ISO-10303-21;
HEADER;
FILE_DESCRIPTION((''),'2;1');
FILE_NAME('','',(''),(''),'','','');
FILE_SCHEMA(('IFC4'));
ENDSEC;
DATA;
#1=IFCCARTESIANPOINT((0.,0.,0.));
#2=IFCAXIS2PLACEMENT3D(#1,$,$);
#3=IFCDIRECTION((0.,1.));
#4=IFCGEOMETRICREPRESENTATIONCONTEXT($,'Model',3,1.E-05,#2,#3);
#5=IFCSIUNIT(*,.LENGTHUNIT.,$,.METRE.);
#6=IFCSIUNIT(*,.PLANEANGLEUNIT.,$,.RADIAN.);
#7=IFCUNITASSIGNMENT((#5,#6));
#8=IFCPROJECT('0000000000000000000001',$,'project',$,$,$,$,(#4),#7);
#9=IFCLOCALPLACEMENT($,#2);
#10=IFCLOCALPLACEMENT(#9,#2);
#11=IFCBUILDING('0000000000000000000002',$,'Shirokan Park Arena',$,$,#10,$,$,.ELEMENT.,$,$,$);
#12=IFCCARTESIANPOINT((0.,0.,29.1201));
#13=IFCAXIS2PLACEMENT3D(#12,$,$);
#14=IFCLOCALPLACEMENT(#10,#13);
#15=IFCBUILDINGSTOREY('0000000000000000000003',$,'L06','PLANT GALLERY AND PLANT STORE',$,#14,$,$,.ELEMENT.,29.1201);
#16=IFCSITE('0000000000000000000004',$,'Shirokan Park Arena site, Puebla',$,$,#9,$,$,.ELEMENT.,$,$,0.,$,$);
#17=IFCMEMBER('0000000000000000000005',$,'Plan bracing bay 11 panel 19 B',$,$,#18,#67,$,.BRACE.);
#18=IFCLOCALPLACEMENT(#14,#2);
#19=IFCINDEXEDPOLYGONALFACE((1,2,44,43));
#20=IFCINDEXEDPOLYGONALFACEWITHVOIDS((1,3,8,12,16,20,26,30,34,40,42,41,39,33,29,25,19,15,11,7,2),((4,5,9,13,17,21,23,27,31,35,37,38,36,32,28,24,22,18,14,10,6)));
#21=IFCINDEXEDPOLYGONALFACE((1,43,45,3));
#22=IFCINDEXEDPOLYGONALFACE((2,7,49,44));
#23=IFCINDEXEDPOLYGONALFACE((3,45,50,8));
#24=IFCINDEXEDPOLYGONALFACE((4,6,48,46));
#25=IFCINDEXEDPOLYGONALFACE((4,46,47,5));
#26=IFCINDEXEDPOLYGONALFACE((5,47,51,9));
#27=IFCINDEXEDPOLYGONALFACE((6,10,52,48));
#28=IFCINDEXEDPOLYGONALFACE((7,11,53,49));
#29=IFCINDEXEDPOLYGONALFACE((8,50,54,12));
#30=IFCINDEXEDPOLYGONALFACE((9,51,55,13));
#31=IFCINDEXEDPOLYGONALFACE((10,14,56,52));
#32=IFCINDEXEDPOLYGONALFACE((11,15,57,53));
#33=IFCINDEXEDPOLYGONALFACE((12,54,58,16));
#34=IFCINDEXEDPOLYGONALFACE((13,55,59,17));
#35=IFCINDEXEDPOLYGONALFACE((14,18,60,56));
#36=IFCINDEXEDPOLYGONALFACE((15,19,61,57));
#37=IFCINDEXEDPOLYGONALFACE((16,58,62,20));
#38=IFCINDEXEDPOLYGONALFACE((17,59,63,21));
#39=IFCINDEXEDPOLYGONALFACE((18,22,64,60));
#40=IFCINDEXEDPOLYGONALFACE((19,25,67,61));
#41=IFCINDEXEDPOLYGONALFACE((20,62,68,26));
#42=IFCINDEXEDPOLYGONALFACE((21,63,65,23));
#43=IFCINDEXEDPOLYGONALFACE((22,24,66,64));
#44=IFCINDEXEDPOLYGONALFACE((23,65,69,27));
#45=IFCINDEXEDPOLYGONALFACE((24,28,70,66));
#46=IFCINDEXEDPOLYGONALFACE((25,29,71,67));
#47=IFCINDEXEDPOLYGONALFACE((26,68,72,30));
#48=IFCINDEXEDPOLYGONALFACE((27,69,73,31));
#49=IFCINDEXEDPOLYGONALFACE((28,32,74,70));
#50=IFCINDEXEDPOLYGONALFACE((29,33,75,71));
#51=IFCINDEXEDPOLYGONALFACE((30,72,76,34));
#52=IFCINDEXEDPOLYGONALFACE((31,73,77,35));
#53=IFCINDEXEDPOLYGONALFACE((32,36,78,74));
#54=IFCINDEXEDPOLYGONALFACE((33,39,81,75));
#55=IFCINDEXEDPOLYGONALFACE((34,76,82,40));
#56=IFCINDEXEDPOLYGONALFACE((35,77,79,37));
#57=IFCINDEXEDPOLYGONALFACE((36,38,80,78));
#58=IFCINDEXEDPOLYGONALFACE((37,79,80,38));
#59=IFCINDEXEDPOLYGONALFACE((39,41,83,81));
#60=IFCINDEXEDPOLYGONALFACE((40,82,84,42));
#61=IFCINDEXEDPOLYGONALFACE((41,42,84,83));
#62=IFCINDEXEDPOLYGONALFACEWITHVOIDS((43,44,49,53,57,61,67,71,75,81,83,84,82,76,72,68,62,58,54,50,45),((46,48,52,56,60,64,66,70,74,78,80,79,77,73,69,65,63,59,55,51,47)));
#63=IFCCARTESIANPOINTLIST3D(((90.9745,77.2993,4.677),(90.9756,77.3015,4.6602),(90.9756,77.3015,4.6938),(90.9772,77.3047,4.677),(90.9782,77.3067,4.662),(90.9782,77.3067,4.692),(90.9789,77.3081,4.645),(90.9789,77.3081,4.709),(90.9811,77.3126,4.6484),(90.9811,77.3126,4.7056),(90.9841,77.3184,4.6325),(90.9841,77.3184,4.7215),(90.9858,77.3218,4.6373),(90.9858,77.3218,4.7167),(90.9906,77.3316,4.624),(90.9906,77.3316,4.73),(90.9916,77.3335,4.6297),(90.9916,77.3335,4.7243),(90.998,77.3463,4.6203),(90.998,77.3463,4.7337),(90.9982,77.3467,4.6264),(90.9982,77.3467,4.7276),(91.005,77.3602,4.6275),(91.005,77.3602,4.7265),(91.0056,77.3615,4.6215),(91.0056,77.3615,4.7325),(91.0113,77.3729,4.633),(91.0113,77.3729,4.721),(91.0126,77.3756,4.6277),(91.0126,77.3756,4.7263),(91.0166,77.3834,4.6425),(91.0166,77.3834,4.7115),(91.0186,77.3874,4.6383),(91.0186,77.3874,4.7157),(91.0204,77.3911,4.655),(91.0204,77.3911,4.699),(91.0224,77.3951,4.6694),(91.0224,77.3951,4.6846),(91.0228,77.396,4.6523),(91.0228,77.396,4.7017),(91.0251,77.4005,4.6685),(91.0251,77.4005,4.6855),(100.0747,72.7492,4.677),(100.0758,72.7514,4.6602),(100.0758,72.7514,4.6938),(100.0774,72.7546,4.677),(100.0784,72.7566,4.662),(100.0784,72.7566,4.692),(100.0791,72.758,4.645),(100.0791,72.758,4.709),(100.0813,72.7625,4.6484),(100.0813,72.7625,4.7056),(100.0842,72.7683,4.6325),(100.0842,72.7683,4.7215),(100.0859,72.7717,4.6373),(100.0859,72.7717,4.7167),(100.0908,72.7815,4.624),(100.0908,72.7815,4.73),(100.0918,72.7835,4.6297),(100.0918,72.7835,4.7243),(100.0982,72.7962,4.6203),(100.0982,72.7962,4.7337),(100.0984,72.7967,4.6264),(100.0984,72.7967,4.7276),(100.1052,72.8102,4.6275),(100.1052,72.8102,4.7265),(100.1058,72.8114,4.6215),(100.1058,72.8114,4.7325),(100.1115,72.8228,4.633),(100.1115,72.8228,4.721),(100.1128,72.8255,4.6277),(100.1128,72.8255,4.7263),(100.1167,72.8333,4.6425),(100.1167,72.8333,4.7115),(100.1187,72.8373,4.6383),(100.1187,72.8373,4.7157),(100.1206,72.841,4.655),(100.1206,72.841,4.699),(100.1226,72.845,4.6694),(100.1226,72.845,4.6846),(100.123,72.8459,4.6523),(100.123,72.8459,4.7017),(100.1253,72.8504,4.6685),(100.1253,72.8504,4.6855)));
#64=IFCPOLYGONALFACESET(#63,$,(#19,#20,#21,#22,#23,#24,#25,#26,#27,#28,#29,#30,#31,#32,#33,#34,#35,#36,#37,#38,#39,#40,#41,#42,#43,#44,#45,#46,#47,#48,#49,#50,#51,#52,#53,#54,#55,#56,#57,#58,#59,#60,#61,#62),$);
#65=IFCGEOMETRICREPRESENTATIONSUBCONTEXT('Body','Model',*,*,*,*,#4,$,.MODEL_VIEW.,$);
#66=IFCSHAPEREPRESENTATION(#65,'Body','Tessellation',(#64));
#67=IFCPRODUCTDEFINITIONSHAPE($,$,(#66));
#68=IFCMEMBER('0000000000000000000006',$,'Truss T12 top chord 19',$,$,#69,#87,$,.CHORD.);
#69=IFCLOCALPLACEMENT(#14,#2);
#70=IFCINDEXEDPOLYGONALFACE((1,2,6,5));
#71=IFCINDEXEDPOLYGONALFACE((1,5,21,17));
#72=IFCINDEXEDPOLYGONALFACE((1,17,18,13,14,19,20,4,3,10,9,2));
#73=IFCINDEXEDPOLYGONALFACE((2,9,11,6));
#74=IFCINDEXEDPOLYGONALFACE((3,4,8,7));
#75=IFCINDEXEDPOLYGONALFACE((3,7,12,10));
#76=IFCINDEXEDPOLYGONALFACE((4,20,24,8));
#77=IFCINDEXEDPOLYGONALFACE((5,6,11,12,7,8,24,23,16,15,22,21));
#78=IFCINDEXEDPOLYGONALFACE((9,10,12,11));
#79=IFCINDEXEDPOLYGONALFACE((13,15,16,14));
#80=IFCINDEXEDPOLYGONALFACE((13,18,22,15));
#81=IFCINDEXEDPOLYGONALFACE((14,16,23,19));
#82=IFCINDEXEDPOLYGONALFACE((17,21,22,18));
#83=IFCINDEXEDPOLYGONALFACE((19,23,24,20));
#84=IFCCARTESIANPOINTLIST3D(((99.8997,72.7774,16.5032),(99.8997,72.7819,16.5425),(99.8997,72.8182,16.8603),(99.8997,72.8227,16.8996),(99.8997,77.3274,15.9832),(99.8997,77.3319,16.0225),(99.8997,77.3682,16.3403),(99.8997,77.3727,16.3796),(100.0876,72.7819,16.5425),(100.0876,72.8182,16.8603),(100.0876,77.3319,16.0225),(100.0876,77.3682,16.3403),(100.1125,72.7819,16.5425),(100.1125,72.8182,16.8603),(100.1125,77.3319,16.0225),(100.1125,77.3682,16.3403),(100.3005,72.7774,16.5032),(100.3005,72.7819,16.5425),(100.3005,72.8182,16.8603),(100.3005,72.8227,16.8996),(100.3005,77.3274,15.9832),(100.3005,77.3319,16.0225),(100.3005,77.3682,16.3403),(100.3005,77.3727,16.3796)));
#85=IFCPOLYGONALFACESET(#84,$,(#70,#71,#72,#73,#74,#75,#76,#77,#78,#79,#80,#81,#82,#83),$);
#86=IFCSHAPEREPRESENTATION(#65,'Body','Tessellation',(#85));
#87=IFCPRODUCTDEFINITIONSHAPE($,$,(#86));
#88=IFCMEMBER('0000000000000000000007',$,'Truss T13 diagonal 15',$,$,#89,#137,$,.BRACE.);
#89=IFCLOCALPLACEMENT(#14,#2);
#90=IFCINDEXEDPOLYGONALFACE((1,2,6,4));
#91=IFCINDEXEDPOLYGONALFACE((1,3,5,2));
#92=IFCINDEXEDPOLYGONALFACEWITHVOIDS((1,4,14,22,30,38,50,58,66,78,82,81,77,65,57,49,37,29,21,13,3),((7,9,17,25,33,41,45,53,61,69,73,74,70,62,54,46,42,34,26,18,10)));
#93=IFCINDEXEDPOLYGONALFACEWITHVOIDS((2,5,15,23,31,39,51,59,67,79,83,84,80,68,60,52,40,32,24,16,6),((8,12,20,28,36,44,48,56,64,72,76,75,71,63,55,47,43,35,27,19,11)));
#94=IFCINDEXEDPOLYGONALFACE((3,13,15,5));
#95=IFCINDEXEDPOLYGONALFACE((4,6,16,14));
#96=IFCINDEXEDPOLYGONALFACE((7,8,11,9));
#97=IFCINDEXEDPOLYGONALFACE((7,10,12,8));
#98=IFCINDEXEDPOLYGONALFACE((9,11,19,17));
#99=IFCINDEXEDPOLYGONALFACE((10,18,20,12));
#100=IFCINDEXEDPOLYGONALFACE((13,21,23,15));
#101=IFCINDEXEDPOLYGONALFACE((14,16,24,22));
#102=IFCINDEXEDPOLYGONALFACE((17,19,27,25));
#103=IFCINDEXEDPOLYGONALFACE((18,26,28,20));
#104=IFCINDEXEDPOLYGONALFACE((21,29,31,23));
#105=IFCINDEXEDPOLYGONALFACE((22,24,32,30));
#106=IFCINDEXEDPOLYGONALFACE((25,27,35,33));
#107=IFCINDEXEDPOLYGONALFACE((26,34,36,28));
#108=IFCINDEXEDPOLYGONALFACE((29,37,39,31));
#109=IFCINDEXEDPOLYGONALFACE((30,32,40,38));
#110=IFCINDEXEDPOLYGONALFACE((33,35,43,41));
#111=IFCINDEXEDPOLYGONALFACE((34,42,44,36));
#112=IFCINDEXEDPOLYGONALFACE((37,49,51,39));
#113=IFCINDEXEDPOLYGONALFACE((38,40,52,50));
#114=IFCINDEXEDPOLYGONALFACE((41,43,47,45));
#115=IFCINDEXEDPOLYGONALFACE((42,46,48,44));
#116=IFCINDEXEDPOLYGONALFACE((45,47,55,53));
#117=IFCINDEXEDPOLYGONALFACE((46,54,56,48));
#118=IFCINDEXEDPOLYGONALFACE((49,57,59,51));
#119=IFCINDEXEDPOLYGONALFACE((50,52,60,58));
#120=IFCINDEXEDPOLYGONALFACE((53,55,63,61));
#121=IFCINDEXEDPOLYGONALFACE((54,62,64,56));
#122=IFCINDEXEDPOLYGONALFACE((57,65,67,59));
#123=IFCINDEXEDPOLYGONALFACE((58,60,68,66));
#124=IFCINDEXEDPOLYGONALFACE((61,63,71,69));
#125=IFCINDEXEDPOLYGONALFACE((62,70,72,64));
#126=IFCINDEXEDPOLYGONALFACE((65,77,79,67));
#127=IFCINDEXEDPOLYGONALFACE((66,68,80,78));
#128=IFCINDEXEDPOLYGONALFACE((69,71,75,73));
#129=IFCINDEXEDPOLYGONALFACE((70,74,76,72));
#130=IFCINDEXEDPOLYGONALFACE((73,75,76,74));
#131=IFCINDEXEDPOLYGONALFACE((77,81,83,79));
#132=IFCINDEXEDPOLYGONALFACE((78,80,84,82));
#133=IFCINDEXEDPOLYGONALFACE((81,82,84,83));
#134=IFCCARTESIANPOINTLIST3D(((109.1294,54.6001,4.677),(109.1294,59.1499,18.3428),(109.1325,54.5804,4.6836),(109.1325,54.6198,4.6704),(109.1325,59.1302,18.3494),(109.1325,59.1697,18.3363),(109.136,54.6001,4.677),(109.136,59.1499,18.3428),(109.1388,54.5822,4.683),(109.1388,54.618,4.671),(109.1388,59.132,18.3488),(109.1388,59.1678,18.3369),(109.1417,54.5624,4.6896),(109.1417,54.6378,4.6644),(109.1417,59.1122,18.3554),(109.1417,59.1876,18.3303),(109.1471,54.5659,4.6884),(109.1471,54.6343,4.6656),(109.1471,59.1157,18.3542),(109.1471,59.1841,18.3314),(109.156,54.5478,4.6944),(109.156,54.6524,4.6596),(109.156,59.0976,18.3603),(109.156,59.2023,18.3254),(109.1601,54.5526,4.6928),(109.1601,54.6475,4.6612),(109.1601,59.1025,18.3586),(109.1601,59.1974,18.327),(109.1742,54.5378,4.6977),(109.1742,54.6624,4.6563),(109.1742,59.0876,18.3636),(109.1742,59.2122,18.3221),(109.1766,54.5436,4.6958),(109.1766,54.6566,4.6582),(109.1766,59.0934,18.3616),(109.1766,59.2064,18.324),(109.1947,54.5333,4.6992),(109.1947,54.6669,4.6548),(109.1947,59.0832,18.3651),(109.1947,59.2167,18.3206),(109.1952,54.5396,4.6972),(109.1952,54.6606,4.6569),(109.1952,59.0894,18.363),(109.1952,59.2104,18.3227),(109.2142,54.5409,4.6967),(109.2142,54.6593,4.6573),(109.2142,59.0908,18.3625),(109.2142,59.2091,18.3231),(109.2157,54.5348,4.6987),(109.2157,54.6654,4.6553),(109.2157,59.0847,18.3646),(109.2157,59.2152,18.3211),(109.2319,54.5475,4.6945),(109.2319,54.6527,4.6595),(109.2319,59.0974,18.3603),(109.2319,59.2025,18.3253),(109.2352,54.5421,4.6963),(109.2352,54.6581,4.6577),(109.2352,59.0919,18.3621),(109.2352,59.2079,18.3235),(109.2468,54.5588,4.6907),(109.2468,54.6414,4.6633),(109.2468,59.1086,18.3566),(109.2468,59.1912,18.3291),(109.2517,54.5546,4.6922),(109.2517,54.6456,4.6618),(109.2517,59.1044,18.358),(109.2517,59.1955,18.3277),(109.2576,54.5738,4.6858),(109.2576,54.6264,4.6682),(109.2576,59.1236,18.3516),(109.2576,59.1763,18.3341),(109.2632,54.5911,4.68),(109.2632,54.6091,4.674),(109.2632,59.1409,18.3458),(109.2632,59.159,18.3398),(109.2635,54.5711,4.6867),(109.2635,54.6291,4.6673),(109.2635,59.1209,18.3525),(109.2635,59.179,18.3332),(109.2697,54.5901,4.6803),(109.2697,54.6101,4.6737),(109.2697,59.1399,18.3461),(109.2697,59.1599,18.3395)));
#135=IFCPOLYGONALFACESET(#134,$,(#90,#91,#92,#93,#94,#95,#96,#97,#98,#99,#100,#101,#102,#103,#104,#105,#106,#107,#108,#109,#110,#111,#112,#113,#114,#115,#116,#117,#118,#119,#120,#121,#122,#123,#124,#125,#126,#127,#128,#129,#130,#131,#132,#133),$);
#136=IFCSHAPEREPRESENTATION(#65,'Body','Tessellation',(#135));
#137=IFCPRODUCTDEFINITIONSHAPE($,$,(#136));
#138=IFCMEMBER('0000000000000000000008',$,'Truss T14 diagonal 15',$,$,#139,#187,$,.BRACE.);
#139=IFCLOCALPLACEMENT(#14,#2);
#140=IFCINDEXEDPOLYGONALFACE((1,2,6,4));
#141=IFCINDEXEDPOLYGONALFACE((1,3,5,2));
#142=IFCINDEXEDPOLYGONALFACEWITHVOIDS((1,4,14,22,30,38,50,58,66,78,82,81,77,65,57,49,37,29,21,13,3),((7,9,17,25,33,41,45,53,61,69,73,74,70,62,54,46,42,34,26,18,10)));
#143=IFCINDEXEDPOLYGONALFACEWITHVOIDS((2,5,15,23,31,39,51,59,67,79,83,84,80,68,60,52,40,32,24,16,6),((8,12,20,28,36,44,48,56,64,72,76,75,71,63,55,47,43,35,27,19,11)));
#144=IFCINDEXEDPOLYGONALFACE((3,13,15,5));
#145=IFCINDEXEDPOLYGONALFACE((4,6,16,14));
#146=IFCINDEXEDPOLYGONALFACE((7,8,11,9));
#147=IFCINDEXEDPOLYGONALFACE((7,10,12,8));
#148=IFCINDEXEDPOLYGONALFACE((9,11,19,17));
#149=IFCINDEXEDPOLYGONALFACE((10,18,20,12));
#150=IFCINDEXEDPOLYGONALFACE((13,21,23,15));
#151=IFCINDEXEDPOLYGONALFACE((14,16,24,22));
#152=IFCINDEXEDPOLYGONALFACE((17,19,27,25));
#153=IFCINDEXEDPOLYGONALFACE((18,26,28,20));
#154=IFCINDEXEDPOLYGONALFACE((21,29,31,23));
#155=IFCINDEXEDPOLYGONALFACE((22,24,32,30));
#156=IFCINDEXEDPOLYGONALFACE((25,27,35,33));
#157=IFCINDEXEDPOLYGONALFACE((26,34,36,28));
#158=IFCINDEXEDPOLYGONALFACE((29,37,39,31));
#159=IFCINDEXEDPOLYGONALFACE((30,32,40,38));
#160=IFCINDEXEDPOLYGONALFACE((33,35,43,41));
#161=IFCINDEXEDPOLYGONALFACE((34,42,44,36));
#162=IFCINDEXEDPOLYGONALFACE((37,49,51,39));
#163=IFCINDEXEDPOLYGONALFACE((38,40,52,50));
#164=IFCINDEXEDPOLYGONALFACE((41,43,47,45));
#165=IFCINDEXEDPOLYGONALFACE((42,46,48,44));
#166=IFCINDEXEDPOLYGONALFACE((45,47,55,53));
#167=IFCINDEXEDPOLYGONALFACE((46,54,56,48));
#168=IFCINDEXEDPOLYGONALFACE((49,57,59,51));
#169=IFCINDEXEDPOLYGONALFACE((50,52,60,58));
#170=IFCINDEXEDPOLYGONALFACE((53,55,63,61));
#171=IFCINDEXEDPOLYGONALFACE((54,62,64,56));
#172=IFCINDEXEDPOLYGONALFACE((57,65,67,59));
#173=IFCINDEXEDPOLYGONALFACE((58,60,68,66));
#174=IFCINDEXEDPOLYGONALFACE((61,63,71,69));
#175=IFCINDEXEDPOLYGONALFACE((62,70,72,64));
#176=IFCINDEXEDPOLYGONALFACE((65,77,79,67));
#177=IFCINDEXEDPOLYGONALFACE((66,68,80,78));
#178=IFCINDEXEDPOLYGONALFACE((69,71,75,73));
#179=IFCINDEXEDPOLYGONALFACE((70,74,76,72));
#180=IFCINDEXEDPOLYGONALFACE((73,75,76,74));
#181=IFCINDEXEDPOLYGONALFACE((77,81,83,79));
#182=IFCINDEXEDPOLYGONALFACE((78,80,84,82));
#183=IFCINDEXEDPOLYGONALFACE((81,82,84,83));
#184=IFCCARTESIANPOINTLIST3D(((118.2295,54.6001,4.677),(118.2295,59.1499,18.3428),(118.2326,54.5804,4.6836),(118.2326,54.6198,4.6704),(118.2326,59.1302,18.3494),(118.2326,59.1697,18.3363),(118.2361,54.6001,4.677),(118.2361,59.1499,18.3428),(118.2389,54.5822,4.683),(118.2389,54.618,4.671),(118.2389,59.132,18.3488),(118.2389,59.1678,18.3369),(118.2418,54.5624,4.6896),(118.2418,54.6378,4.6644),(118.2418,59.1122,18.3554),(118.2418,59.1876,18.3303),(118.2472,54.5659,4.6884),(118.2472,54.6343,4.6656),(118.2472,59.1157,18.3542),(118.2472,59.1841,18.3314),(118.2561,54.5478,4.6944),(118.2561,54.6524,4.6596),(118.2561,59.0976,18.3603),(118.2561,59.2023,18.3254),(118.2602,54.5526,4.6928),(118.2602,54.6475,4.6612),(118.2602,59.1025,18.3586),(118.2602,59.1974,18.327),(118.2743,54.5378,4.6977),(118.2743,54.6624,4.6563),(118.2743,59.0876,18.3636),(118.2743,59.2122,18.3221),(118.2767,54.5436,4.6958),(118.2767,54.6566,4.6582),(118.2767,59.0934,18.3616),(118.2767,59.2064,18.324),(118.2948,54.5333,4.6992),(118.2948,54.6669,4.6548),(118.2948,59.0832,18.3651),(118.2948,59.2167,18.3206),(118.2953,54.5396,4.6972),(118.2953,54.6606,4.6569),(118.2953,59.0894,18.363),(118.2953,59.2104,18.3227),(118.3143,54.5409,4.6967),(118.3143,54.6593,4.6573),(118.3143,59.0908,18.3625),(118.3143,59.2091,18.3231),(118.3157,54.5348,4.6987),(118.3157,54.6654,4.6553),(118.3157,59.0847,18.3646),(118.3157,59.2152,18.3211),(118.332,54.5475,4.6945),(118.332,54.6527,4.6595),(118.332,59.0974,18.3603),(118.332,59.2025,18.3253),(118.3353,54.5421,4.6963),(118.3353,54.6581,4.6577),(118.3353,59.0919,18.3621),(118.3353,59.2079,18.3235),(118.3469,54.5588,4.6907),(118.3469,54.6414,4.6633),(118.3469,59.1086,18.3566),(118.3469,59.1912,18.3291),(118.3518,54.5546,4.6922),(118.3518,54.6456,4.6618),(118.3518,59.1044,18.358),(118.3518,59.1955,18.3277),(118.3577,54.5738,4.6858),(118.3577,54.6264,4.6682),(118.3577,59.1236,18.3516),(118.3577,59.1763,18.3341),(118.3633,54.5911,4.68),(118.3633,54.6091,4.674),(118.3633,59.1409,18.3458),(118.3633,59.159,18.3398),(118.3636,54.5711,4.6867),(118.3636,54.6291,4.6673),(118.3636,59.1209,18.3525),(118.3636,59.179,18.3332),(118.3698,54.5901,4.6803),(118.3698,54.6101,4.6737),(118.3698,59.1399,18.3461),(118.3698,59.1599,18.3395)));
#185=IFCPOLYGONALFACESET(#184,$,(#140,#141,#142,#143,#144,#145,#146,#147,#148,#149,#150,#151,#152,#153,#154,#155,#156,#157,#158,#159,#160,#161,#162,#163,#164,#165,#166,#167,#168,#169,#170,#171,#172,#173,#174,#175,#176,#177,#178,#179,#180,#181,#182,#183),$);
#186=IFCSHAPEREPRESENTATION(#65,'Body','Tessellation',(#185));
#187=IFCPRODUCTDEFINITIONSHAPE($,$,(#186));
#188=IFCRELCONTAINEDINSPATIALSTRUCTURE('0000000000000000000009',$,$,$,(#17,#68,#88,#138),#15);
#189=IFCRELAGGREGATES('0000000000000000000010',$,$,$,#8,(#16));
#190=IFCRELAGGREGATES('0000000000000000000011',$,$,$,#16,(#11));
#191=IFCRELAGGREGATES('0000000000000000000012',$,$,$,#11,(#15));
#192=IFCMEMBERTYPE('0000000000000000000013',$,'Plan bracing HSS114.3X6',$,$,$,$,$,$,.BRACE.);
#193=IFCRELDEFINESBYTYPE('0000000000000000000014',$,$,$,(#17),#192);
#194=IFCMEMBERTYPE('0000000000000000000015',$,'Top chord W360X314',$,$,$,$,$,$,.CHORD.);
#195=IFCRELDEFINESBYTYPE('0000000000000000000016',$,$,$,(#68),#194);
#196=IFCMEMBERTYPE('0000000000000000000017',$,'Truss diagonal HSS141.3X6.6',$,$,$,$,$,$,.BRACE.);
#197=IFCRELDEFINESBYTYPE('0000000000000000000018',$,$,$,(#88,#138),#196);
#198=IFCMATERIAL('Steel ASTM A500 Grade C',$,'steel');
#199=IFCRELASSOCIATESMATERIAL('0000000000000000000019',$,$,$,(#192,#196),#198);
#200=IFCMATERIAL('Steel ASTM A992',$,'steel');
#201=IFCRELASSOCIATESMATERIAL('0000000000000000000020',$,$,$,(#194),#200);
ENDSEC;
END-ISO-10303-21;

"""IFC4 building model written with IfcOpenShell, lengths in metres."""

from ifc_helpers import new_model, si_unit, direction, frame, origin, origin_2d, place, context, subcontext, project, spatial, hollow_circle, i_section, extrude, material, material_profile, profile_set, type_object, element, save


model = new_model("IFC4")

# Units and contexts
model_context = context("Model", 3, precision=1e-05, world=origin(), true_north=direction((0.0, 1.0)))
body_context = subcontext(model_context, "Body", "Model", "MODEL_VIEW")
ifc_project = project(units=[si_unit("LENGTHUNIT", "METRE"), si_unit("PLANEANGLEUNIT", "RADIAN")], contexts=[model_context])

# Site, building, storey
site_placement = place(None, origin())
site = spatial("IfcSite", under=ifc_project, at=site_placement, Name="Shirokan Park Arena site, Puebla", CompositionType="ELEMENT", RefElevation=0.0)
building_placement = place(site_placement, origin())
building = spatial("IfcBuilding", under=site, at=building_placement, Name="Shirokan Park Arena", CompositionType="ELEMENT")
storey_placement = place(building_placement, frame((0.0, 0.0, 29.1201)))
storey = spatial("IfcBuildingStorey", under=building, at=storey_placement, Name="L06", Description="PLANT GALLERY AND PLANT STORE", CompositionType="ELEMENT", Elevation=29.1201)

# Members
ifc_material_1 = material(Name="Steel ASTM A500 Grade C", Category="steel")
ifc_material_2 = material(Name="Steel ASTM A992", Category="steel")
ifc_material_profile_1 = material_profile(ifc_material_1, hollow_circle(Radius=0.0569, WallThickness=0.0061, at=origin_2d()), Name="HSS114.3X6")
ifc_profile_set_1 = profile_set([ifc_material_profile_1], Name="Steel ASTM A500 Grade C")
member_type_1 = type_object("IfcMemberType", Name="Plan bracing HSS114.3X6", PredefinedType="BRACE", material=ifc_profile_set_1)
for number, where, z_axis, x_axis, name in (
    (1, (100.1001, 72.8, 4.677), (-0.894427, 0.447214, 0.0), (-0.447214, -0.894427, 0.0), "Plan bracing bay 11 panel 19 B"),
):
    element("IfcMember", number, at=place(storey_placement, frame(where, z_axis=z_axis, x_axis=x_axis)), inside=storey, type_object=member_type_1, Name=name, PredefinedType="BRACE", context=body_context, shape_type="SweptSolid", body=[
        extrude(hollow_circle(Radius=0.0569, WallThickness=0.0061, at=origin_2d()), origin(), (0.0, 0.0, 1.0), 10.1743),
    ])
ifc_material_profile_2 = material_profile(ifc_material_2, i_section(OverallWidth=0.4009, OverallDepth=0.3989, WebThickness=0.0249, FlangeThickness=0.0396, at=origin_2d()), Name="W360X314")
ifc_profile_set_2 = profile_set([ifc_material_profile_2], Name="Steel ASTM A992")
member_type_2 = type_object("IfcMemberType", Name="Top chord W360X314", PredefinedType="CHORD", material=ifc_profile_set_2)
member_1_placement = place(storey_placement, frame((100.1001, 72.8, 16.7014), z_axis=(0.0, 0.993532, -0.11355), x_axis=(-1.0, 0.0, 0.0)))
element("IfcMember", 2, at=member_1_placement, inside=storey, type_object=member_type_2, Name="Truss T12 top chord 19", PredefinedType="CHORD", context=body_context, shape_type="SweptSolid", body=[
    extrude(i_section(OverallWidth=0.4009, OverallDepth=0.3989, WebThickness=0.0249, FlangeThickness=0.0396, at=origin_2d()), origin(), (0.0, 0.0, 1.0), 4.5796),
])
ifc_material_profile_3 = material_profile(ifc_material_1, hollow_circle(Radius=0.0706, WallThickness=0.0066, at=origin_2d()), Name="HSS141.3X6.6")
ifc_profile_set_3 = profile_set([ifc_material_profile_3], Name="Steel ASTM A500 Grade C")
member_type_3 = type_object("IfcMemberType", Name="Truss diagonal HSS141.3X6.6", PredefinedType="BRACE", material=ifc_profile_set_3)
for number, where, z_axis, x_axis, name in (
    (3, (109.2, 54.6001, 4.677), (0.0, 0.315887, 0.948797), (-1.0, 0.0, 0.0), "Truss T13 diagonal 15"),
    (4, (118.3, 54.6001, 4.677), (0.0, 0.315887, 0.948797), (-1.0, 0.0, 0.0), "Truss T14 diagonal 15"),
):
    element("IfcMember", number, at=place(storey_placement, frame(where, z_axis=z_axis, x_axis=x_axis)), inside=storey, type_object=member_type_3, Name=name, PredefinedType="BRACE", context=body_context, shape_type="SweptSolid", body=[
        extrude(hollow_circle(Radius=0.0706, WallThickness=0.0066, at=origin_2d()), origin(), (0.0, 0.0, 1.0), 14.4033),
    ])

save(model, "model.ifc")
